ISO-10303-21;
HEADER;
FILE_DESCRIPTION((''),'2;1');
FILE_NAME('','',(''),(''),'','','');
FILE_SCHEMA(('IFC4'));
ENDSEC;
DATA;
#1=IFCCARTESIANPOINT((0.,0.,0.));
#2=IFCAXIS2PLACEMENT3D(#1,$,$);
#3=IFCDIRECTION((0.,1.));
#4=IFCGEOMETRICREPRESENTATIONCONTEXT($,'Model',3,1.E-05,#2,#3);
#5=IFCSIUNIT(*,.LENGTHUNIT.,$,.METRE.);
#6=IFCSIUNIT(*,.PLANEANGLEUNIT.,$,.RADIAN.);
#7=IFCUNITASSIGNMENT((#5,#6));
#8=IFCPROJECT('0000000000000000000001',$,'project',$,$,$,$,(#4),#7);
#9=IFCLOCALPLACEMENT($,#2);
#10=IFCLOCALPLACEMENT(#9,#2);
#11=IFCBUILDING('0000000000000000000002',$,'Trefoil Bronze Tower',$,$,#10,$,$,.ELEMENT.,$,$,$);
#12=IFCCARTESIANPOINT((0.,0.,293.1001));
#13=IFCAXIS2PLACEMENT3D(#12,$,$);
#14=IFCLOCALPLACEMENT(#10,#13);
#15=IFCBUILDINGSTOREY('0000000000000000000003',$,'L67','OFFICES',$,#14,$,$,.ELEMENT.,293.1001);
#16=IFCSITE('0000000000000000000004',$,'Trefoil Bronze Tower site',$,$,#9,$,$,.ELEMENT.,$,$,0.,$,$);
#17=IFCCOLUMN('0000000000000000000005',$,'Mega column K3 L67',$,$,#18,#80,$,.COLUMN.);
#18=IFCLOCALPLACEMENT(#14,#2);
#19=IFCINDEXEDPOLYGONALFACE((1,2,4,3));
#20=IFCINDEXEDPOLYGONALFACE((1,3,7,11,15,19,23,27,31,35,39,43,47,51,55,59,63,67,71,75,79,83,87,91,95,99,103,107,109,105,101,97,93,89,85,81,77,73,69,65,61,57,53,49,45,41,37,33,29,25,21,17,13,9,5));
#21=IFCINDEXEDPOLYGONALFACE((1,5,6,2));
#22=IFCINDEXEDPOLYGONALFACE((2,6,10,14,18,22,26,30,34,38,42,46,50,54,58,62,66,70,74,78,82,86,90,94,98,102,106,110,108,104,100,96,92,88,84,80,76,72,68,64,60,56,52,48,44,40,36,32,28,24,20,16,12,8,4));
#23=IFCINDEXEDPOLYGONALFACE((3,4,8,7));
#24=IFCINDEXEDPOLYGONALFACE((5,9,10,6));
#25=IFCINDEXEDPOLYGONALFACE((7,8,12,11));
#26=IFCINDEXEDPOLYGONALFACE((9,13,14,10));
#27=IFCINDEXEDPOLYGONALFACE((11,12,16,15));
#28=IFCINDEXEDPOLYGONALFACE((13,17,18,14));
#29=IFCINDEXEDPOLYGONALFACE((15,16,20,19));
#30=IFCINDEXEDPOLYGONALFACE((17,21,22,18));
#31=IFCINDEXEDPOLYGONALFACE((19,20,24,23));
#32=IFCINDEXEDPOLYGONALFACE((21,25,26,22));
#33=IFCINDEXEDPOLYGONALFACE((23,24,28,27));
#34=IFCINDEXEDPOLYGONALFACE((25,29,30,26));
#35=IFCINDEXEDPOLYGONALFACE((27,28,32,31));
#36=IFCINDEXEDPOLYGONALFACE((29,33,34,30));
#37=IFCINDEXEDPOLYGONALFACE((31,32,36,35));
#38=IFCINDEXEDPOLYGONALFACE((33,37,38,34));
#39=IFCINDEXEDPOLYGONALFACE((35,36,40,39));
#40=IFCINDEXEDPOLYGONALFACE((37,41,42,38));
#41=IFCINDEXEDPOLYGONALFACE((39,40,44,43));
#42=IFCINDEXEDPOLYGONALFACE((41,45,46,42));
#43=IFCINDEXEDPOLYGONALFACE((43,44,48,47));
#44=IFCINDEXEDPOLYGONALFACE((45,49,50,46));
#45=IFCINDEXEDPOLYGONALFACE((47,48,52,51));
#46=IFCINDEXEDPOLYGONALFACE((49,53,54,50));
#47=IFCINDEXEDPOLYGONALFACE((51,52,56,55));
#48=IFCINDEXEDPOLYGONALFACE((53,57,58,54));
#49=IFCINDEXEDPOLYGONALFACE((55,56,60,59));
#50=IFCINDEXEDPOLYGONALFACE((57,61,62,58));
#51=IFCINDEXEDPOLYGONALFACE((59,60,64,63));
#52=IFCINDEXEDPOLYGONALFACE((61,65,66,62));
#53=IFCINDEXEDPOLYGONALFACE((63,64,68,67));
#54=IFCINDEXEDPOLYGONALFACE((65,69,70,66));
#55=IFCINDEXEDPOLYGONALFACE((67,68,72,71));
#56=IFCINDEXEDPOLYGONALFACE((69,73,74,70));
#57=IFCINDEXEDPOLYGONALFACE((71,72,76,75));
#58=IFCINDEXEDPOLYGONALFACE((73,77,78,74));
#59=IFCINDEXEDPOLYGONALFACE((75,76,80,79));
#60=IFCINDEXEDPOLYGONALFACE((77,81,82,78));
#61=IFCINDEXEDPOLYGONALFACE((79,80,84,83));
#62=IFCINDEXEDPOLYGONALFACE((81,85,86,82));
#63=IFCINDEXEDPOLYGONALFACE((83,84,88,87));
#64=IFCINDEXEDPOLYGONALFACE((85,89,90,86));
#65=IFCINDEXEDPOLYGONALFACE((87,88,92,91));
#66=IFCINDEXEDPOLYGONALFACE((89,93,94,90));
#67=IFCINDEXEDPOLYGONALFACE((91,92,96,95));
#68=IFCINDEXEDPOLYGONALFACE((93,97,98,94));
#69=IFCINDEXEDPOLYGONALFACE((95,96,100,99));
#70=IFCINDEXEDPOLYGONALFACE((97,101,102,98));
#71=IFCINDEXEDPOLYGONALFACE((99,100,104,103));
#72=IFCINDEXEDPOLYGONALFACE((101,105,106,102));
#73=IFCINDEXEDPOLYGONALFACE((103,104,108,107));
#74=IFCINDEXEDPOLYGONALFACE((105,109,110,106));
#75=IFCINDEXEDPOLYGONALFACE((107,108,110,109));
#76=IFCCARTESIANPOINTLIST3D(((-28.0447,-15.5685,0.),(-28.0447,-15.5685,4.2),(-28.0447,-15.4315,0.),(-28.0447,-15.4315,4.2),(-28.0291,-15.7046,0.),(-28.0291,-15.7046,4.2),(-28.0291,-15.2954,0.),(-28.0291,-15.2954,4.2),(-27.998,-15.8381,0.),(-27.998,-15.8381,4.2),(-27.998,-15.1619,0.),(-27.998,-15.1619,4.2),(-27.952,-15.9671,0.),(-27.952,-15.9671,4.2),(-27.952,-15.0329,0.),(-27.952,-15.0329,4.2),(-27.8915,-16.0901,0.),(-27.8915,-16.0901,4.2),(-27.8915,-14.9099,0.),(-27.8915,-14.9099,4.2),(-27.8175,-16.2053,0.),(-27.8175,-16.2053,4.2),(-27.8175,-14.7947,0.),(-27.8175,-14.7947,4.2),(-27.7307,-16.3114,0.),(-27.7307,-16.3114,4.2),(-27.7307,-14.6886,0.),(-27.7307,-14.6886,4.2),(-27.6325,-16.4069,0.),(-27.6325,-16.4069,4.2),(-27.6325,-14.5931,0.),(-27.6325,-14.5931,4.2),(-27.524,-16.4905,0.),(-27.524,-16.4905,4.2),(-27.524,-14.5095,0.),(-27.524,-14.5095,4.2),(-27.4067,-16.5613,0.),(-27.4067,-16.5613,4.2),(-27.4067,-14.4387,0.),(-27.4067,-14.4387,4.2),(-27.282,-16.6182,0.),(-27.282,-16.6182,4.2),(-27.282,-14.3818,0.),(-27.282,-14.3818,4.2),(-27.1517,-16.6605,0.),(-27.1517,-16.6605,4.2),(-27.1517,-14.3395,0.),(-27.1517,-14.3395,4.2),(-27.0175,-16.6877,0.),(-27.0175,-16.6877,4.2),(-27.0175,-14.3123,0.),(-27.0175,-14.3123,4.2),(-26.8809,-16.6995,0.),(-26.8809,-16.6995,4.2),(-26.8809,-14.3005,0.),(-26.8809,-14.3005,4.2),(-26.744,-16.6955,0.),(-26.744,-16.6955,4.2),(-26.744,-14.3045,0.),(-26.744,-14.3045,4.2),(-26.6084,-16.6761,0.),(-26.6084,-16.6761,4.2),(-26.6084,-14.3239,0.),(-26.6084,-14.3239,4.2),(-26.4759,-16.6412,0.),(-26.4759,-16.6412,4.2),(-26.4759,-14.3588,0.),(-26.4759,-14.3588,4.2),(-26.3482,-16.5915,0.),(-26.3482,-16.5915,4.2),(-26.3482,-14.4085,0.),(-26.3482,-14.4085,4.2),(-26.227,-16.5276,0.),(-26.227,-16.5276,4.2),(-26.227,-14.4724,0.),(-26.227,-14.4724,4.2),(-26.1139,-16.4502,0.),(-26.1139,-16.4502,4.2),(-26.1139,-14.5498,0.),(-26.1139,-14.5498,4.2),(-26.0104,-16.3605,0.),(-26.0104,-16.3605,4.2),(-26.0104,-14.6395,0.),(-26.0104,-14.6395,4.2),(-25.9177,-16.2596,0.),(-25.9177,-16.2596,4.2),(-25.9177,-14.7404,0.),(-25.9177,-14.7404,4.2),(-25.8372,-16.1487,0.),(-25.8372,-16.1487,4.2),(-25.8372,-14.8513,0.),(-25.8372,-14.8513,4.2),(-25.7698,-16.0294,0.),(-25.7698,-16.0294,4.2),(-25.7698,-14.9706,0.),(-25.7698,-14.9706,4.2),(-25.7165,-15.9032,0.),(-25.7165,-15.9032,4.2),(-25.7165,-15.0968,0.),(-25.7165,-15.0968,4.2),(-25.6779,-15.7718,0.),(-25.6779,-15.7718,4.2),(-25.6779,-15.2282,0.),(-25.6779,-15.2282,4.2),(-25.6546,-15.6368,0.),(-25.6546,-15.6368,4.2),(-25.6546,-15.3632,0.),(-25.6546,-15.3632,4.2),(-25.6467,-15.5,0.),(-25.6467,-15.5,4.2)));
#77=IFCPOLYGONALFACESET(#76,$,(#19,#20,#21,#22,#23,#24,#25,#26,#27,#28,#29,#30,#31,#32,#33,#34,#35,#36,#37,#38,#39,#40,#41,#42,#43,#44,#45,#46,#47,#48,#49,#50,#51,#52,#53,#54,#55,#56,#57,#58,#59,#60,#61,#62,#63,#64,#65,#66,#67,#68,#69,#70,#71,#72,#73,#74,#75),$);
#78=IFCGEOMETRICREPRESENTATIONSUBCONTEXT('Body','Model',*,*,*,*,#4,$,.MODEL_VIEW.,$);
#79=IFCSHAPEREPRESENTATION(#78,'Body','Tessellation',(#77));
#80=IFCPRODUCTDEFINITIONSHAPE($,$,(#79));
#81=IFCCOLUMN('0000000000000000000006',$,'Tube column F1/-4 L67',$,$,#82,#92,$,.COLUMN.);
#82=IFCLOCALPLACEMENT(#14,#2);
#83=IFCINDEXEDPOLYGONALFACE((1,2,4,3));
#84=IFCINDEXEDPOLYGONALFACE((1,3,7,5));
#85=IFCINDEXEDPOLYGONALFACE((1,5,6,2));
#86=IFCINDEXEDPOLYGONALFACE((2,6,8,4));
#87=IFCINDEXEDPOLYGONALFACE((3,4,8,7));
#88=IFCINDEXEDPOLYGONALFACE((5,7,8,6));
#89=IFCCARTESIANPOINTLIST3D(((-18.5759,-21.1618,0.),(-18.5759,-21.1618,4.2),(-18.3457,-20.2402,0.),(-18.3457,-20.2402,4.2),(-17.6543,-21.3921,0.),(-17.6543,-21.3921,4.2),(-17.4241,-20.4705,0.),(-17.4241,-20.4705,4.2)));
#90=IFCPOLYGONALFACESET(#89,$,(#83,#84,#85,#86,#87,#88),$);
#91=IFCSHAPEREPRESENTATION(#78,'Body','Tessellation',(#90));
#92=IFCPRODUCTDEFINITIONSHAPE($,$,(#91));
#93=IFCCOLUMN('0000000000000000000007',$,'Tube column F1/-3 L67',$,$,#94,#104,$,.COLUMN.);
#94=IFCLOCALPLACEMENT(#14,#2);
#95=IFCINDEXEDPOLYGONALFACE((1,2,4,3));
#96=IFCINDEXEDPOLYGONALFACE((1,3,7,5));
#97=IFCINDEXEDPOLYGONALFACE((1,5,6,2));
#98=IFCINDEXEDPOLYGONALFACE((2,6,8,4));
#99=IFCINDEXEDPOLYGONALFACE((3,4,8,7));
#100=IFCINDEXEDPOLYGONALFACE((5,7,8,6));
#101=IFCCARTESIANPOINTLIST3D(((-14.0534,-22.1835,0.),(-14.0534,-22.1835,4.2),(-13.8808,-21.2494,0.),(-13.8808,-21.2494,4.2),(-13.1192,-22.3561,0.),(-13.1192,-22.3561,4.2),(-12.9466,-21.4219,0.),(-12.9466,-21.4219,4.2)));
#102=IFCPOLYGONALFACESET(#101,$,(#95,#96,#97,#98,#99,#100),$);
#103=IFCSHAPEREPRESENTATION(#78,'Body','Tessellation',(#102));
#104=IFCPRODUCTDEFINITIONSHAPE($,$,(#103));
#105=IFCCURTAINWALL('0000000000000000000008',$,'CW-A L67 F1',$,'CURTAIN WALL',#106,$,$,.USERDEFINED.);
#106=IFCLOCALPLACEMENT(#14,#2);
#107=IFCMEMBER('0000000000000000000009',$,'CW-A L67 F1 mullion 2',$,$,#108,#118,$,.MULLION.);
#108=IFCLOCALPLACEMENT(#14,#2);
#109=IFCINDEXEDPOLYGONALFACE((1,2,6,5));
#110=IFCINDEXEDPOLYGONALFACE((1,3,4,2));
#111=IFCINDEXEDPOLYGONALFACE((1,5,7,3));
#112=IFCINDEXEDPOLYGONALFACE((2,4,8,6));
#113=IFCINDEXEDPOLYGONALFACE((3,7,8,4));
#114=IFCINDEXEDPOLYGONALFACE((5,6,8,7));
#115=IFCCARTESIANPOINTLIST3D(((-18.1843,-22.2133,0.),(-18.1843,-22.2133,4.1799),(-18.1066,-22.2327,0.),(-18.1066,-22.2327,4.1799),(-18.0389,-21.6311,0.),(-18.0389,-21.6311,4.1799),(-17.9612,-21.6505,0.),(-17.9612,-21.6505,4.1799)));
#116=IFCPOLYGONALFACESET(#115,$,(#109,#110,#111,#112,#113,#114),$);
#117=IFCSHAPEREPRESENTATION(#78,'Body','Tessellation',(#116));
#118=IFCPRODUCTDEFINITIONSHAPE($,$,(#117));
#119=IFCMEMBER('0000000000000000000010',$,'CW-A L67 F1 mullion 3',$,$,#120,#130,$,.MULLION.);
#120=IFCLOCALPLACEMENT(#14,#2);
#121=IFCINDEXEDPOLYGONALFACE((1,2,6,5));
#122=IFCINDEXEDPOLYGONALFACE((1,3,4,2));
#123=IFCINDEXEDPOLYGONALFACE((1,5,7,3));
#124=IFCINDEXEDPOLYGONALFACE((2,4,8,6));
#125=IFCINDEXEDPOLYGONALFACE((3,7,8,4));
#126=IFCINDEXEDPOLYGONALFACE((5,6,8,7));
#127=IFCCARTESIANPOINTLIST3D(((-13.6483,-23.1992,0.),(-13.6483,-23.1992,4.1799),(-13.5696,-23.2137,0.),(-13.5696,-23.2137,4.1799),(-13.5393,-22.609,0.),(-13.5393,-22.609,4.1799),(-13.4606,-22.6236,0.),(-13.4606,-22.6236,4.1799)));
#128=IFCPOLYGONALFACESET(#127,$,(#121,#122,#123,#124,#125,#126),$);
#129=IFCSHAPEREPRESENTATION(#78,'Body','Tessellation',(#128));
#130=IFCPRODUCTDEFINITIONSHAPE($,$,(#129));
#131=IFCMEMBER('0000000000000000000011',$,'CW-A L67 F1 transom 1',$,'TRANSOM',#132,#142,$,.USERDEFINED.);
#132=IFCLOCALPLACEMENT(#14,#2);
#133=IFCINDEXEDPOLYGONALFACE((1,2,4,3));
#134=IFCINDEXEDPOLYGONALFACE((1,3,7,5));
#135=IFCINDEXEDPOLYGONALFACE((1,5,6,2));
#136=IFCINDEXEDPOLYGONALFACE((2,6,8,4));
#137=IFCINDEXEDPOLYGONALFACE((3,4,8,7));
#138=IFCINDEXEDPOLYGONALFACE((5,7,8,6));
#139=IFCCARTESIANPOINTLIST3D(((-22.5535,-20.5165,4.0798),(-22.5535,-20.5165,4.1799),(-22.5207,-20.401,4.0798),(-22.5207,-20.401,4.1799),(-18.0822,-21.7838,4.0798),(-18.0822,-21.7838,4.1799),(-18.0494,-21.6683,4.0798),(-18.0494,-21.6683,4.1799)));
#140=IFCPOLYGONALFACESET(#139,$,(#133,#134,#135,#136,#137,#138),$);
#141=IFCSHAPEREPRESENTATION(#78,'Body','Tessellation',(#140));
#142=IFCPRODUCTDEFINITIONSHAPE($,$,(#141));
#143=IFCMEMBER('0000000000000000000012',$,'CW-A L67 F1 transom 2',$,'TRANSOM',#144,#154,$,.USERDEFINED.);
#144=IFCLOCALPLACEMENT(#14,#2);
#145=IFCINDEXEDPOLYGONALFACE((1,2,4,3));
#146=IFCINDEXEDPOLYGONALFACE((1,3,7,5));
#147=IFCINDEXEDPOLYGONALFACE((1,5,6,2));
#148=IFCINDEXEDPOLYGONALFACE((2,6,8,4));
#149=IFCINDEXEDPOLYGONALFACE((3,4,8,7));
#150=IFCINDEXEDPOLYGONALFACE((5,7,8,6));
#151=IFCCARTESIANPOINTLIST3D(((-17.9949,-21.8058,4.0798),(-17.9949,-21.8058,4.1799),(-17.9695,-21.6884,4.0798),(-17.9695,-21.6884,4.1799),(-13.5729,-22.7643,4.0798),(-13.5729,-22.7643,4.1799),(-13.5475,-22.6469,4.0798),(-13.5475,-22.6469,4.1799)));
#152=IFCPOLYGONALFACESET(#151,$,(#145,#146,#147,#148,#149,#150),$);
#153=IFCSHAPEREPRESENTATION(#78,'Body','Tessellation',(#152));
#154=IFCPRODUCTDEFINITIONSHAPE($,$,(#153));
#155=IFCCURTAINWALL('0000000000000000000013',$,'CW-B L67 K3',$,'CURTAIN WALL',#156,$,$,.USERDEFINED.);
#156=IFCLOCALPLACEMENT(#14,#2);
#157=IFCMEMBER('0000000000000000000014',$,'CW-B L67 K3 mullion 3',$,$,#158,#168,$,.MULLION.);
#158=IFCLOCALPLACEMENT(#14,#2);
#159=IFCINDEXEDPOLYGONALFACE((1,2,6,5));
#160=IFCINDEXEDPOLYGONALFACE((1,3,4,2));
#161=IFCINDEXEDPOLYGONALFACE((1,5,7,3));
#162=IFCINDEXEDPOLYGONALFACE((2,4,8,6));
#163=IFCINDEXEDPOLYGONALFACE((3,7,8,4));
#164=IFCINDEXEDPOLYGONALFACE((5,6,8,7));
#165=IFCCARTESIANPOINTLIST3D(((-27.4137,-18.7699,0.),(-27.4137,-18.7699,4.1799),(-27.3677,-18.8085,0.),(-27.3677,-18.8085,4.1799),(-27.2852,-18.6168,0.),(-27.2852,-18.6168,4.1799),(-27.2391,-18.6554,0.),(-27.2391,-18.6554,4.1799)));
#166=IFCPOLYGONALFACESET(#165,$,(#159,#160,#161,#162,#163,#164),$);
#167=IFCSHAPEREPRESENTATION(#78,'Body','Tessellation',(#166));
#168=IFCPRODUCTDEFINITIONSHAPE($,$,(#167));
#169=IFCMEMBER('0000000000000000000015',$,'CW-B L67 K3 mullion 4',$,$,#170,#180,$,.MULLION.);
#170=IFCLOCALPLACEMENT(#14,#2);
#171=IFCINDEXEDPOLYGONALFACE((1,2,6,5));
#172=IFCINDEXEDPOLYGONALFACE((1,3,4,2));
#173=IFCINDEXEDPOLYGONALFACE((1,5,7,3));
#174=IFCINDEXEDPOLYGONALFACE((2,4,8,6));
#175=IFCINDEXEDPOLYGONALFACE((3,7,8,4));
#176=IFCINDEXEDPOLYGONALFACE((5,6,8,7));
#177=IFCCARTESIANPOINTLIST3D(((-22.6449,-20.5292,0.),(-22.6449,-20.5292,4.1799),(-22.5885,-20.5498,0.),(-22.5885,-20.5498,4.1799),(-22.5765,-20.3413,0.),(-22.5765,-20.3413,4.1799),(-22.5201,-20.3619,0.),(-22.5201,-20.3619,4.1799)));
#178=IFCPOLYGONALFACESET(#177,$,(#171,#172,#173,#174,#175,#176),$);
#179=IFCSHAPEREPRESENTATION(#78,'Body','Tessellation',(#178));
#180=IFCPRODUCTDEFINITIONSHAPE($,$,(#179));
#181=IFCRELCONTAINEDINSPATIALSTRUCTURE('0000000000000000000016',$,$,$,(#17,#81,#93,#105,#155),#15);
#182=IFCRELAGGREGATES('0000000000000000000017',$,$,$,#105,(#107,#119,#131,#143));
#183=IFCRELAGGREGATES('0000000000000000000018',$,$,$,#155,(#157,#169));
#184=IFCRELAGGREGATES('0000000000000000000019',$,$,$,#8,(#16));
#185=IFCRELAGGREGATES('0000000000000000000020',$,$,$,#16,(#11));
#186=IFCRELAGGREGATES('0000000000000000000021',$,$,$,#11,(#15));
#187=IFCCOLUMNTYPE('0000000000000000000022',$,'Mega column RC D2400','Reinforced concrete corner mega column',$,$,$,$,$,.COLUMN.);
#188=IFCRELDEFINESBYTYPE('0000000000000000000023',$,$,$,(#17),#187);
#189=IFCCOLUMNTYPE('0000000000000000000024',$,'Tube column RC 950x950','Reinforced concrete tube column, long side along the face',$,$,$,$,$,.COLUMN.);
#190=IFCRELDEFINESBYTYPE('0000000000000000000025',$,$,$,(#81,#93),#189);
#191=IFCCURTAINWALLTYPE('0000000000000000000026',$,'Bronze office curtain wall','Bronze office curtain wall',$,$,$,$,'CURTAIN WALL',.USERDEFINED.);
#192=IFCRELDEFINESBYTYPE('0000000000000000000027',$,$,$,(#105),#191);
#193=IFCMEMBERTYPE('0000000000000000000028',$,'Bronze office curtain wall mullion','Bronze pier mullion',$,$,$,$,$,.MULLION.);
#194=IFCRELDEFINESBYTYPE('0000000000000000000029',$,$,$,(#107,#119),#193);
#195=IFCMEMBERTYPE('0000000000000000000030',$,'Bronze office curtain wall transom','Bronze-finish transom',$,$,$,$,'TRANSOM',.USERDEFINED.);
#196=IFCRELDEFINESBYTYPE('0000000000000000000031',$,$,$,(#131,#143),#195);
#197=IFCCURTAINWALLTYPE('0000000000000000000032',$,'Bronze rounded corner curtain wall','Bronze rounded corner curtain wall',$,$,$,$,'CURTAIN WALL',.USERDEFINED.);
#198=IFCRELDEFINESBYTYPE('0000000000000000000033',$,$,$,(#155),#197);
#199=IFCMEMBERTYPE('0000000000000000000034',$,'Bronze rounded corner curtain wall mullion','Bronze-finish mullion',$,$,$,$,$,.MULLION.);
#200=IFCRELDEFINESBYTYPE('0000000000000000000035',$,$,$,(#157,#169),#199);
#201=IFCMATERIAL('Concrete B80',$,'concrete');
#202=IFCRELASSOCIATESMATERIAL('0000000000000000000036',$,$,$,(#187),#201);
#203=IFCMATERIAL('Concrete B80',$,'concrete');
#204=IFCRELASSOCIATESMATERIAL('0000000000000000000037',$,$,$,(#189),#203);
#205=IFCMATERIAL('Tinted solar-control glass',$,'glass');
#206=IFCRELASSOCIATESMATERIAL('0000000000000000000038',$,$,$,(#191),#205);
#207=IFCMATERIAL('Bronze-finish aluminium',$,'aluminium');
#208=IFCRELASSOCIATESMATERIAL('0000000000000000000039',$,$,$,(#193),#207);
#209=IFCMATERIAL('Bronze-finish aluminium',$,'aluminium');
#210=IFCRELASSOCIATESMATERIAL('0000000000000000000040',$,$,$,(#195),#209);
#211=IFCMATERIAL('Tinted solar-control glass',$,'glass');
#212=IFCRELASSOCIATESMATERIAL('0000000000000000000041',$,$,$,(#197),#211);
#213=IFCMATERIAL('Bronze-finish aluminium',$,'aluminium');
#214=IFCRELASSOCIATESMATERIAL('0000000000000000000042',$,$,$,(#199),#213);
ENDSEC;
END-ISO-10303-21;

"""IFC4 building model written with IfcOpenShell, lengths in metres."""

from ifc_helpers import new_model, si_unit, direction, frame, origin, origin_2d, place, context, subcontext, project, spatial, rectangle, circle, extrude, material, material_profile, profile_set, type_object, element, aggregate, save


model = new_model("IFC4")

# Units and contexts
model_context = context("Model", 3, precision=1e-05, world=origin(), true_north=direction((0.0, 1.0)))
body_context = subcontext(model_context, "Body", "Model", "MODEL_VIEW")
ifc_project = project(units=[si_unit("LENGTHUNIT", "METRE"), si_unit("PLANEANGLEUNIT", "RADIAN")], contexts=[model_context])

# Site, building, storey
site_placement = place(None, origin())
site = spatial("IfcSite", under=ifc_project, at=site_placement, Name="Trefoil Bronze Tower site", CompositionType="ELEMENT", RefElevation=0.0)
building_placement = place(site_placement, origin())
building = spatial("IfcBuilding", under=site, at=building_placement, Name="Trefoil Bronze Tower", CompositionType="ELEMENT")
storey_placement = place(building_placement, frame((0.0, 0.0, 293.1001)))
storey = spatial("IfcBuildingStorey", under=building, at=storey_placement, Name="L67", Description="OFFICES", CompositionType="ELEMENT", Elevation=293.1001)

# Columns
ifc_material_1 = material(Name="Concrete B80", Category="concrete")
ifc_material_profile_1 = material_profile(ifc_material_1, circle(Radius=1.2, at=origin_2d()), Name="RC D2400")
ifc_profile_set_1 = profile_set([ifc_material_profile_1], Name="Concrete B80")
column_type_1 = type_object("IfcColumnType", Name="Mega column RC D2400", Description="Reinforced concrete corner mega column", PredefinedType="COLUMN", material=ifc_profile_set_1)
column_placement = place(storey_placement, frame((-26.8467, -15.5, 0.0), z_axis=(0.0, 0.0, 1.0), x_axis=(1.0, 0.0, 0.0)))
element("IfcColumn", 1, at=column_placement, inside=storey, type_object=column_type_1, Name="Mega column K3 L67", PredefinedType="COLUMN", context=body_context, shape_type="SweptSolid", body=[
    extrude(circle(Radius=1.2, at=origin_2d()), origin(), (0.0, 0.0, 1.0), 4.2),
])
ifc_material_2 = material(Name="Concrete B80", Category="concrete")
ifc_material_profile_2 = material_profile(ifc_material_2, rectangle(XDim=0.95, YDim=0.95, at=origin_2d()), Name="RC 950x950")
ifc_profile_set_2 = profile_set([ifc_material_profile_2], Name="Concrete B80")
column_type_2 = type_object("IfcColumnType", Name="Tube column RC 950x950", Description="Reinforced concrete tube column, long side along the face", PredefinedType="COLUMN", material=ifc_profile_set_2)
for number, where, z_axis, x_axis, name in (
    (2, (-18.0, -20.8162, 0.0), (0.0, 0.0, 1.0), (0.970178, -0.242394, 0.0), "Tube column F1/-4 L67"),
    (3, (-13.5, -21.8027, 0.0), (0.0, 0.0, 1.0), (0.98336, -0.181667, 0.0), "Tube column F1/-3 L67"),
):
    element("IfcColumn", number, at=place(storey_placement, frame(where, z_axis=z_axis, x_axis=x_axis)), inside=storey, type_object=column_type_2, Name=name, PredefinedType="COLUMN", context=body_context, shape_type="SweptSolid", body=[
        extrude(rectangle(XDim=0.95, YDim=0.95, at=origin_2d()), origin(), (0.0, 0.0, 1.0), 4.2),
    ])

# Curtain walls, members
ifc_material_3 = material(Name="Tinted solar-control glass", Category="glass")
curtain_wall_type_1 = type_object("IfcCurtainWallType", Name="Bronze office curtain wall", Description="Bronze office curtain wall", ElementType="CURTAIN WALL", PredefinedType="USERDEFINED", material=ifc_material_3)
curtain_wall_1_placement = place(storey_placement, origin())
curtain_wall_1 = element("IfcCurtainWall", 4, at=curtain_wall_1_placement, inside=storey, type_object=curtain_wall_type_1, Name="CW-A L67 F1", ObjectType="CURTAIN WALL", PredefinedType="USERDEFINED")
ifc_material_4 = material(Name="Bronze-finish aluminium", Category="aluminium")
ifc_material_profile_3 = material_profile(ifc_material_4, rectangle(XDim=0.6001, YDim=0.0801, at=origin_2d()), Name="CW-A mullion")
ifc_profile_set_3 = profile_set([ifc_material_profile_3], Name="Bronze-finish aluminium")
member_type_1 = type_object("IfcMemberType", Name="Bronze office curtain wall mullion", Description="Bronze pier mullion", PredefinedType="MULLION", material=ifc_profile_set_3)
member_1_placement = place(storey_placement, frame((-18.0728, -21.9319, 0.0), z_axis=(0.0, 0.0, 1.0), x_axis=(0.242394, 0.970178, 0.0)))
member_1 = element("IfcMember", 5, at=member_1_placement, type_object=member_type_1, Name="CW-A L67 F1 mullion 2", PredefinedType="MULLION", context=body_context, shape_type="SweptSolid", body=[
    extrude(rectangle(XDim=0.6001, YDim=0.0801, at=origin_2d()), origin(), (0.0, 0.0, 1.0), 4.1799),
])
member_2_placement = place(storey_placement, frame((-13.5544, -22.9114, 0.0), z_axis=(0.0, 0.0, 1.0), x_axis=(0.181667, 0.98336, 0.0)))
member_2 = element("IfcMember", 6, at=member_2_placement, type_object=member_type_1, Name="CW-A L67 F1 mullion 3", PredefinedType="MULLION", context=body_context, shape_type="SweptSolid", body=[
    extrude(rectangle(XDim=0.6001, YDim=0.0801, at=origin_2d()), origin(), (0.0, 0.0, 1.0), 4.1799),
])
ifc_material_5 = material(Name="Bronze-finish aluminium", Category="aluminium")
ifc_material_profile_4 = material_profile(ifc_material_5, rectangle(XDim=0.1201, YDim=0.1001, at=origin_2d()), Name="CW-A transom")
ifc_profile_set_4 = profile_set([ifc_material_profile_4], Name="Bronze-finish aluminium")
member_type_2 = type_object("IfcMemberType", Name="Bronze office curtain wall transom", Description="Bronze-finish transom", ElementType="TRANSOM", PredefinedType="USERDEFINED", material=ifc_profile_set_4)
member_3_placement = place(storey_placement, frame((-22.5371, -20.4587, 4.1299), z_axis=(0.962103, -0.272688, 0.0), x_axis=(0.272688, 0.962103, 0.0)))
member_3 = element("IfcMember", 7, at=member_3_placement, type_object=member_type_2, Name="CW-A L67 F1 transom 1", ObjectType="TRANSOM", PredefinedType="USERDEFINED", context=body_context, shape_type="SweptSolid", body=[
    extrude(rectangle(XDim=0.1201, YDim=0.1001, at=origin_2d()), origin(), (0.0, 0.0, 1.0), 4.6475),
])
member_4_placement = place(storey_placement, frame((-17.9822, -21.7471, 4.1299), z_axis=(0.977304, -0.211843, 0.0), x_axis=(0.211843, 0.977304, 0.0)))
member_4 = element("IfcMember", 8, at=member_4_placement, type_object=member_type_2, Name="CW-A L67 F1 transom 2", ObjectType="TRANSOM", PredefinedType="USERDEFINED", context=body_context, shape_type="SweptSolid", body=[
    extrude(rectangle(XDim=0.1201, YDim=0.1001, at=origin_2d()), origin(), (0.0, 0.0, 1.0), 4.5247),
])
ifc_material_6 = material(Name="Tinted solar-control glass", Category="glass")
curtain_wall_type_2 = type_object("IfcCurtainWallType", Name="Bronze rounded corner curtain wall", Description="Bronze rounded corner curtain wall", ElementType="CURTAIN WALL", PredefinedType="USERDEFINED", material=ifc_material_6)
curtain_wall_2_placement = place(storey_placement, origin())
curtain_wall_2 = element("IfcCurtainWall", 9, at=curtain_wall_2_placement, inside=storey, type_object=curtain_wall_type_2, Name="CW-B L67 K3", ObjectType="CURTAIN WALL", PredefinedType="USERDEFINED")
ifc_material_7 = material(Name="Bronze-finish aluminium", Category="aluminium")
ifc_material_profile_5 = material_profile(ifc_material_7, rectangle(XDim=0.2, YDim=0.0601, at=origin_2d()), Name="CW-B mullion")
ifc_profile_set_5 = profile_set([ifc_material_profile_5], Name="Bronze-finish aluminium")
member_type_3 = type_object("IfcMemberType", Name="Bronze rounded corner curtain wall mullion", Description="Bronze-finish mullion", PredefinedType="MULLION", material=ifc_profile_set_5)
member_5_placement = place(storey_placement, frame((-27.3264, -18.7126, 0.0), z_axis=(0.0, 0.0, 1.0), x_axis=(0.642788, 0.766044, 0.0)))
member_5 = element("IfcMember", 10, at=member_5_placement, type_object=member_type_3, Name="CW-B L67 K3 mullion 3", PredefinedType="MULLION", context=body_context, shape_type="SweptSolid", body=[
    extrude(rectangle(XDim=0.2, YDim=0.0601, at=origin_2d()), origin(), (0.0, 0.0, 1.0), 4.1799),
])
member_6_placement = place(storey_placement, frame((-22.5825, -20.4456, 0.0), z_axis=(0.0, 0.0, 1.0), x_axis=(0.34202, 0.939693, 0.0)))
member_6 = element("IfcMember", 11, at=member_6_placement, type_object=member_type_3, Name="CW-B L67 K3 mullion 4", PredefinedType="MULLION", context=body_context, shape_type="SweptSolid", body=[
    extrude(rectangle(XDim=0.2, YDim=0.0601, at=origin_2d()), origin(), (0.0, 0.0, 1.0), 4.1799),
])

aggregate(curtain_wall_1, [member_1, member_2, member_3, member_4])
aggregate(curtain_wall_2, [member_5, member_6])

save(model, "model.ifc")
